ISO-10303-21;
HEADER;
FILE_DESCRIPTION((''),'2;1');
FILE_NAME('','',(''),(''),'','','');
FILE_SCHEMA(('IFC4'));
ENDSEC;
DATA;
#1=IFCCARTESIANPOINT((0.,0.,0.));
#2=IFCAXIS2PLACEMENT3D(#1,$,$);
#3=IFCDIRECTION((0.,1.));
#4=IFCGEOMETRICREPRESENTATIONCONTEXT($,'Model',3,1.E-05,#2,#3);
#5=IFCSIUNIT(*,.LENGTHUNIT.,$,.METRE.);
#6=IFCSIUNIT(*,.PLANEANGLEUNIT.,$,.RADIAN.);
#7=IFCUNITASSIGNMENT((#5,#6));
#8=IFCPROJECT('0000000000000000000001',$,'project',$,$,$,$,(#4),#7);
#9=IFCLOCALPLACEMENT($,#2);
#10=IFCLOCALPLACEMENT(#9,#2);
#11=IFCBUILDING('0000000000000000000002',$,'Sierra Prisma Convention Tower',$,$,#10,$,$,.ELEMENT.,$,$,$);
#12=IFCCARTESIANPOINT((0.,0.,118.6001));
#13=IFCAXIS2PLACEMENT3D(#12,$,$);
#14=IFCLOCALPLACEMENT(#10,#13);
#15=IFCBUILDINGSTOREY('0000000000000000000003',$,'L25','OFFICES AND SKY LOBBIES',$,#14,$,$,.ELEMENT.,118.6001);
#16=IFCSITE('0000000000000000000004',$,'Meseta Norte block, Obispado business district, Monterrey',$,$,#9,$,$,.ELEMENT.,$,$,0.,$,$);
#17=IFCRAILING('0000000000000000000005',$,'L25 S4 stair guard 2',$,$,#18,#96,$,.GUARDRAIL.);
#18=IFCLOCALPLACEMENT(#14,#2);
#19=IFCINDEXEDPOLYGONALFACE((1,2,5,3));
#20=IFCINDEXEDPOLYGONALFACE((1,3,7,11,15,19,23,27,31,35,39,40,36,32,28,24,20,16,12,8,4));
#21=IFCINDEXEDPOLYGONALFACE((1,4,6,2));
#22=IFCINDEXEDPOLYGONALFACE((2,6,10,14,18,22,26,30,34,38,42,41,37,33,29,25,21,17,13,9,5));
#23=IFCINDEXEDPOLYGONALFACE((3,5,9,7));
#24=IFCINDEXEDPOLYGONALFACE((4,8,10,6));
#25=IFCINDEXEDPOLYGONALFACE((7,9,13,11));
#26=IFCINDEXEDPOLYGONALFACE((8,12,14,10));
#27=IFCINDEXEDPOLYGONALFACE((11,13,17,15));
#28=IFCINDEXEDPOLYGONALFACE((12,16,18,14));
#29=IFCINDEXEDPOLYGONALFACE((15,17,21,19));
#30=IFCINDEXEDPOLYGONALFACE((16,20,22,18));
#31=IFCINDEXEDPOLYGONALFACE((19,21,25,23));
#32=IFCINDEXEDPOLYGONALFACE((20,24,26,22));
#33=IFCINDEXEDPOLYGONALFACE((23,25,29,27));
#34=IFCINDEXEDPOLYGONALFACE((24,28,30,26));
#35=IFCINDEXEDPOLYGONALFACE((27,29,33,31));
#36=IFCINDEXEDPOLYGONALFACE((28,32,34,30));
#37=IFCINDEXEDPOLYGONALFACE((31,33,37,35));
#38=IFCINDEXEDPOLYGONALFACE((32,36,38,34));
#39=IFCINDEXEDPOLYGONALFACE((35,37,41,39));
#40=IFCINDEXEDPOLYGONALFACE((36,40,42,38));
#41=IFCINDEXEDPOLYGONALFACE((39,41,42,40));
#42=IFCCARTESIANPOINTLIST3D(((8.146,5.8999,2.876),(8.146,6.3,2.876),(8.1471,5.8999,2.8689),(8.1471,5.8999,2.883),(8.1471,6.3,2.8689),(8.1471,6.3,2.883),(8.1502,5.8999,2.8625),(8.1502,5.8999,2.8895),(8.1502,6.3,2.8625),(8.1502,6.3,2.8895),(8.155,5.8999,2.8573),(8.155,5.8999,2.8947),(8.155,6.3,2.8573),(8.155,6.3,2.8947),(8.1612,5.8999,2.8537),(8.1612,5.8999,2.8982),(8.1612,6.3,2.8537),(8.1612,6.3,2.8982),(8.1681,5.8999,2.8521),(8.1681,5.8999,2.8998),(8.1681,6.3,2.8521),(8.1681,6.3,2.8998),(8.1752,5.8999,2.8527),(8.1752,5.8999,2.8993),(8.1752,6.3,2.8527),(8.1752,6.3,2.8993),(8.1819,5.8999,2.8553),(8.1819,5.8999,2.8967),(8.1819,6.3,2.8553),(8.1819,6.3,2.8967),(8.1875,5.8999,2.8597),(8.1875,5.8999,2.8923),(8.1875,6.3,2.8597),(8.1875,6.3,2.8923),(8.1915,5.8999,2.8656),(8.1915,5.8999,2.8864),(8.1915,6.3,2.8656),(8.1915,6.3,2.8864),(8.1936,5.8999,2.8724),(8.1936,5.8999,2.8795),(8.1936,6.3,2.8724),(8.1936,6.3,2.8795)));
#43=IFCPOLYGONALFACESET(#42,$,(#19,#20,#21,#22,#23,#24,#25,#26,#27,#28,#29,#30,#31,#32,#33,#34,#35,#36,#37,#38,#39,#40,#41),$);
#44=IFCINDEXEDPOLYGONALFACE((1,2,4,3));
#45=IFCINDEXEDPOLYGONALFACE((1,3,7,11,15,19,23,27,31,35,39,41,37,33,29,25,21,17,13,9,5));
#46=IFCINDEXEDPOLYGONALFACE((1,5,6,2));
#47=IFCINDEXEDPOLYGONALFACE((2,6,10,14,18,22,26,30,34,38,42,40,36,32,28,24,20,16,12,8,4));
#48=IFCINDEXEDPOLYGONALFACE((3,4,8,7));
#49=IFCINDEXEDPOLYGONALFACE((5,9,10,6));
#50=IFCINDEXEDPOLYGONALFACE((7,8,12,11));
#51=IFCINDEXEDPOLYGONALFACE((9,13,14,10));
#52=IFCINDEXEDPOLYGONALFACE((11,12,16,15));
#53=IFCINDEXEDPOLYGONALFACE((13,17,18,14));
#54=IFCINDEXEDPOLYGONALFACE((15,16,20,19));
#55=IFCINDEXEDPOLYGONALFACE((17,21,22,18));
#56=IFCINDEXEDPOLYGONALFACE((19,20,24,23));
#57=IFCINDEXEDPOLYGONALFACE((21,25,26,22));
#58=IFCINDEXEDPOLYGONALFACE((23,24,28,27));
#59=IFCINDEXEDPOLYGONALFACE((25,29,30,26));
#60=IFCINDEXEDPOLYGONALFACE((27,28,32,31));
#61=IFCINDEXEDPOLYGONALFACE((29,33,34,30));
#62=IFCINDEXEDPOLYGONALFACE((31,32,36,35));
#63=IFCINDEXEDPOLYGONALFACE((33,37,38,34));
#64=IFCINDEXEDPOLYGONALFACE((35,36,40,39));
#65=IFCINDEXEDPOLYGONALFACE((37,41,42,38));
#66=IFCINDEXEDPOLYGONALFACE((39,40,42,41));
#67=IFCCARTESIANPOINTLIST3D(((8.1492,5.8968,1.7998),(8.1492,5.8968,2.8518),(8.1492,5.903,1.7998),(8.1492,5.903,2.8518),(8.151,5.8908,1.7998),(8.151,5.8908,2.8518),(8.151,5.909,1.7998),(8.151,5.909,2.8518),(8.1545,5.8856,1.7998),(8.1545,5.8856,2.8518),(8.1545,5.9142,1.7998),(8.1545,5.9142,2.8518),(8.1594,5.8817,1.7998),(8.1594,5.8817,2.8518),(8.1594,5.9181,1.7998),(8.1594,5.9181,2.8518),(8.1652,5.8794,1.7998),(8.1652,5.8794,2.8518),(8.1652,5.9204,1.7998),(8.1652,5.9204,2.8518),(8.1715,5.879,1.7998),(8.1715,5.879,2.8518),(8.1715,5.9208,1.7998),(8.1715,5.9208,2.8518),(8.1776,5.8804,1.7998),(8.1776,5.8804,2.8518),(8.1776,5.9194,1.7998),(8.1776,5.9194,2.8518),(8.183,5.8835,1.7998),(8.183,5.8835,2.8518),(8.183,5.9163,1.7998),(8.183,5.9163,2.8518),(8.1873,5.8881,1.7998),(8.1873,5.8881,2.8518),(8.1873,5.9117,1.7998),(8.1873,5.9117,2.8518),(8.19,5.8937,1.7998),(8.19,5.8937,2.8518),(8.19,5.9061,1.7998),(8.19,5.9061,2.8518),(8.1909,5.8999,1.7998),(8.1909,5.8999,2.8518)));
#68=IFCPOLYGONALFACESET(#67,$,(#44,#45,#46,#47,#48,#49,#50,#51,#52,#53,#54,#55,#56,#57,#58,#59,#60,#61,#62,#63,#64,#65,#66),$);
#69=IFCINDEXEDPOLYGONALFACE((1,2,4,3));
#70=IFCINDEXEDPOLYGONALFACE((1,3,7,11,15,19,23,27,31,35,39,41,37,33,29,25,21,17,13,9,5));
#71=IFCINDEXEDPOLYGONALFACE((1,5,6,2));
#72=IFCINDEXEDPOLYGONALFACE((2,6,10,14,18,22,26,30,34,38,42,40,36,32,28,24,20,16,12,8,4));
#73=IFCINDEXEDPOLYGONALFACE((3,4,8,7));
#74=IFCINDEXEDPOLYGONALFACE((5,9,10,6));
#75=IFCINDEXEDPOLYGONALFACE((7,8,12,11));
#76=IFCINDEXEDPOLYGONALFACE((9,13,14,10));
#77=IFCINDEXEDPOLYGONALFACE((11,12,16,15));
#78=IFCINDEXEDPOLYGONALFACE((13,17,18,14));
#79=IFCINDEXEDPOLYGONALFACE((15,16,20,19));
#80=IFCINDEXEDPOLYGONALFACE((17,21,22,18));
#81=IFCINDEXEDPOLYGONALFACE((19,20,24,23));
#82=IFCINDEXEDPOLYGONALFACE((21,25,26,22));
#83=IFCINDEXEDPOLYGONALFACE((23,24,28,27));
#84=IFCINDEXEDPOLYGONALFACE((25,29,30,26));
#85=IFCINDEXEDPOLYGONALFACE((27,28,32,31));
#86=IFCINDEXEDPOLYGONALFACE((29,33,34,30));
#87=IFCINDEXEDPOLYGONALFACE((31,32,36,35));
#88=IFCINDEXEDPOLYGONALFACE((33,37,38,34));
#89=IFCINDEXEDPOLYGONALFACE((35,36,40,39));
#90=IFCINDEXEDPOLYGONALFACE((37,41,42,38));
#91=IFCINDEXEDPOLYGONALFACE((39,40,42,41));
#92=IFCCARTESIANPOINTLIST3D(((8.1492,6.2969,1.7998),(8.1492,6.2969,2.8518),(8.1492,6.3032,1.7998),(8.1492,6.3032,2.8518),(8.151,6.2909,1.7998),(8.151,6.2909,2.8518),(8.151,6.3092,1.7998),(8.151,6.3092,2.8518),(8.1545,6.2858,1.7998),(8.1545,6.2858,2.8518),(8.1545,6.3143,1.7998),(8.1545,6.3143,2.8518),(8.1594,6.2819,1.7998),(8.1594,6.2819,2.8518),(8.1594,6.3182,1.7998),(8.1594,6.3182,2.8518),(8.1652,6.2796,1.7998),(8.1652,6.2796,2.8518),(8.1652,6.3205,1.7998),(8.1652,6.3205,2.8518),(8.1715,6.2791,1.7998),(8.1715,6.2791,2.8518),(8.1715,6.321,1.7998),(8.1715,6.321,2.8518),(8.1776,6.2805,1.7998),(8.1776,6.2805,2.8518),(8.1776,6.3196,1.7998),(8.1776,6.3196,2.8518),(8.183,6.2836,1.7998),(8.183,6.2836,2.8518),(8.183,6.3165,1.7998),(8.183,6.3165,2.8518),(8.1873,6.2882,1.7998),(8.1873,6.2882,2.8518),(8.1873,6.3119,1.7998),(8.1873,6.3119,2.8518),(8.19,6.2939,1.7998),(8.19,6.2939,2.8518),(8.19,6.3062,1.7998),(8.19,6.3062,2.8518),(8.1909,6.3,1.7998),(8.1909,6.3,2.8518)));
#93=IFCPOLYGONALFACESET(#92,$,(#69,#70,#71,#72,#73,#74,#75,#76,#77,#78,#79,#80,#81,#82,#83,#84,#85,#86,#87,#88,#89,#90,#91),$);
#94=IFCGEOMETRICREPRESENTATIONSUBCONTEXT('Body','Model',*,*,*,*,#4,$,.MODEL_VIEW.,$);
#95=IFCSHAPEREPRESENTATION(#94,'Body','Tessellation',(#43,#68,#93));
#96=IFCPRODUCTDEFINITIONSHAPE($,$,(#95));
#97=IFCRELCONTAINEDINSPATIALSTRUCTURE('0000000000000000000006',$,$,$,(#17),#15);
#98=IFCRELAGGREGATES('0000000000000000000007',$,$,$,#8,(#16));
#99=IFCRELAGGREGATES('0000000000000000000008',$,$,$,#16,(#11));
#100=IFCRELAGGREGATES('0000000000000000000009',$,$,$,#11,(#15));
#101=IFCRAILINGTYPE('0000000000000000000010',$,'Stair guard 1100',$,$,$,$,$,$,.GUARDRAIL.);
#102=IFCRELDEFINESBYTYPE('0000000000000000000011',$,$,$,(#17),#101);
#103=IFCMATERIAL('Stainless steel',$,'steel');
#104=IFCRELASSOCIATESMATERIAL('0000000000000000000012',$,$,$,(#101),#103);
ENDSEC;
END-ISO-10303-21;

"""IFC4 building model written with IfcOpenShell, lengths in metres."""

from ifc_helpers import new_model, si_unit, direction, frame, origin, origin_2d, place, context, subcontext, project, spatial, circle, extrude, material, type_object, element, save


model = new_model("IFC4")

# Units and contexts
model_context = context("Model", 3, precision=1e-05, world=origin(), true_north=direction((0.0, 1.0)))
body_context = subcontext(model_context, "Body", "Model", "MODEL_VIEW")
ifc_project = project(units=[si_unit("LENGTHUNIT", "METRE"), si_unit("PLANEANGLEUNIT", "RADIAN")], contexts=[model_context])

# Site, building, storey
site_placement = place(None, origin())
site = spatial("IfcSite", under=ifc_project, at=site_placement, Name="Meseta Norte block, Obispado business district, Monterrey", CompositionType="ELEMENT", RefElevation=0.0)
building_placement = place(site_placement, origin())
building = spatial("IfcBuilding", under=site, at=building_placement, Name="Sierra Prisma Convention Tower", CompositionType="ELEMENT")
storey_placement = place(building_placement, frame((0.0, 0.0, 118.6001)))
storey = spatial("IfcBuildingStorey", under=building, at=storey_placement, Name="L25", Description="OFFICES AND SKY LOBBIES", CompositionType="ELEMENT", Elevation=118.6001)

# Railing
ifc_material_1 = material(Name="Stainless steel", Category="steel")
railing_type = type_object("IfcRailingType", Name="Stair guard 1100", PredefinedType="GUARDRAIL", material=ifc_material_1)
railing_1_placement = place(storey_placement, frame((8.1699, 5.8999, 1.7998)))
element("IfcRailing", 1, at=railing_1_placement, inside=storey, type_object=railing_type, Name="L25 S4 stair guard 2", PredefinedType="GUARDRAIL", context=body_context, shape_type="SweptSolid", body=[
    extrude(circle(Radius=0.0239, at=origin_2d()), frame((0.0, 0.0, 1.0762), z_axis=(0.0, 1.0, 0.0), x_axis=(-1.0, 0.0, 0.0)), (0.0, 0.0, 1.0), 0.4001),
    extrude(circle(Radius=0.021, at=origin_2d()), origin(), (0.0, 0.0, 1.0), 1.052),
    extrude(circle(Radius=0.021, at=origin_2d()), frame((0.0, 0.4001, 0.0)), (0.0, 0.0, 1.0), 1.052),
])

save(model, "model.ifc")
